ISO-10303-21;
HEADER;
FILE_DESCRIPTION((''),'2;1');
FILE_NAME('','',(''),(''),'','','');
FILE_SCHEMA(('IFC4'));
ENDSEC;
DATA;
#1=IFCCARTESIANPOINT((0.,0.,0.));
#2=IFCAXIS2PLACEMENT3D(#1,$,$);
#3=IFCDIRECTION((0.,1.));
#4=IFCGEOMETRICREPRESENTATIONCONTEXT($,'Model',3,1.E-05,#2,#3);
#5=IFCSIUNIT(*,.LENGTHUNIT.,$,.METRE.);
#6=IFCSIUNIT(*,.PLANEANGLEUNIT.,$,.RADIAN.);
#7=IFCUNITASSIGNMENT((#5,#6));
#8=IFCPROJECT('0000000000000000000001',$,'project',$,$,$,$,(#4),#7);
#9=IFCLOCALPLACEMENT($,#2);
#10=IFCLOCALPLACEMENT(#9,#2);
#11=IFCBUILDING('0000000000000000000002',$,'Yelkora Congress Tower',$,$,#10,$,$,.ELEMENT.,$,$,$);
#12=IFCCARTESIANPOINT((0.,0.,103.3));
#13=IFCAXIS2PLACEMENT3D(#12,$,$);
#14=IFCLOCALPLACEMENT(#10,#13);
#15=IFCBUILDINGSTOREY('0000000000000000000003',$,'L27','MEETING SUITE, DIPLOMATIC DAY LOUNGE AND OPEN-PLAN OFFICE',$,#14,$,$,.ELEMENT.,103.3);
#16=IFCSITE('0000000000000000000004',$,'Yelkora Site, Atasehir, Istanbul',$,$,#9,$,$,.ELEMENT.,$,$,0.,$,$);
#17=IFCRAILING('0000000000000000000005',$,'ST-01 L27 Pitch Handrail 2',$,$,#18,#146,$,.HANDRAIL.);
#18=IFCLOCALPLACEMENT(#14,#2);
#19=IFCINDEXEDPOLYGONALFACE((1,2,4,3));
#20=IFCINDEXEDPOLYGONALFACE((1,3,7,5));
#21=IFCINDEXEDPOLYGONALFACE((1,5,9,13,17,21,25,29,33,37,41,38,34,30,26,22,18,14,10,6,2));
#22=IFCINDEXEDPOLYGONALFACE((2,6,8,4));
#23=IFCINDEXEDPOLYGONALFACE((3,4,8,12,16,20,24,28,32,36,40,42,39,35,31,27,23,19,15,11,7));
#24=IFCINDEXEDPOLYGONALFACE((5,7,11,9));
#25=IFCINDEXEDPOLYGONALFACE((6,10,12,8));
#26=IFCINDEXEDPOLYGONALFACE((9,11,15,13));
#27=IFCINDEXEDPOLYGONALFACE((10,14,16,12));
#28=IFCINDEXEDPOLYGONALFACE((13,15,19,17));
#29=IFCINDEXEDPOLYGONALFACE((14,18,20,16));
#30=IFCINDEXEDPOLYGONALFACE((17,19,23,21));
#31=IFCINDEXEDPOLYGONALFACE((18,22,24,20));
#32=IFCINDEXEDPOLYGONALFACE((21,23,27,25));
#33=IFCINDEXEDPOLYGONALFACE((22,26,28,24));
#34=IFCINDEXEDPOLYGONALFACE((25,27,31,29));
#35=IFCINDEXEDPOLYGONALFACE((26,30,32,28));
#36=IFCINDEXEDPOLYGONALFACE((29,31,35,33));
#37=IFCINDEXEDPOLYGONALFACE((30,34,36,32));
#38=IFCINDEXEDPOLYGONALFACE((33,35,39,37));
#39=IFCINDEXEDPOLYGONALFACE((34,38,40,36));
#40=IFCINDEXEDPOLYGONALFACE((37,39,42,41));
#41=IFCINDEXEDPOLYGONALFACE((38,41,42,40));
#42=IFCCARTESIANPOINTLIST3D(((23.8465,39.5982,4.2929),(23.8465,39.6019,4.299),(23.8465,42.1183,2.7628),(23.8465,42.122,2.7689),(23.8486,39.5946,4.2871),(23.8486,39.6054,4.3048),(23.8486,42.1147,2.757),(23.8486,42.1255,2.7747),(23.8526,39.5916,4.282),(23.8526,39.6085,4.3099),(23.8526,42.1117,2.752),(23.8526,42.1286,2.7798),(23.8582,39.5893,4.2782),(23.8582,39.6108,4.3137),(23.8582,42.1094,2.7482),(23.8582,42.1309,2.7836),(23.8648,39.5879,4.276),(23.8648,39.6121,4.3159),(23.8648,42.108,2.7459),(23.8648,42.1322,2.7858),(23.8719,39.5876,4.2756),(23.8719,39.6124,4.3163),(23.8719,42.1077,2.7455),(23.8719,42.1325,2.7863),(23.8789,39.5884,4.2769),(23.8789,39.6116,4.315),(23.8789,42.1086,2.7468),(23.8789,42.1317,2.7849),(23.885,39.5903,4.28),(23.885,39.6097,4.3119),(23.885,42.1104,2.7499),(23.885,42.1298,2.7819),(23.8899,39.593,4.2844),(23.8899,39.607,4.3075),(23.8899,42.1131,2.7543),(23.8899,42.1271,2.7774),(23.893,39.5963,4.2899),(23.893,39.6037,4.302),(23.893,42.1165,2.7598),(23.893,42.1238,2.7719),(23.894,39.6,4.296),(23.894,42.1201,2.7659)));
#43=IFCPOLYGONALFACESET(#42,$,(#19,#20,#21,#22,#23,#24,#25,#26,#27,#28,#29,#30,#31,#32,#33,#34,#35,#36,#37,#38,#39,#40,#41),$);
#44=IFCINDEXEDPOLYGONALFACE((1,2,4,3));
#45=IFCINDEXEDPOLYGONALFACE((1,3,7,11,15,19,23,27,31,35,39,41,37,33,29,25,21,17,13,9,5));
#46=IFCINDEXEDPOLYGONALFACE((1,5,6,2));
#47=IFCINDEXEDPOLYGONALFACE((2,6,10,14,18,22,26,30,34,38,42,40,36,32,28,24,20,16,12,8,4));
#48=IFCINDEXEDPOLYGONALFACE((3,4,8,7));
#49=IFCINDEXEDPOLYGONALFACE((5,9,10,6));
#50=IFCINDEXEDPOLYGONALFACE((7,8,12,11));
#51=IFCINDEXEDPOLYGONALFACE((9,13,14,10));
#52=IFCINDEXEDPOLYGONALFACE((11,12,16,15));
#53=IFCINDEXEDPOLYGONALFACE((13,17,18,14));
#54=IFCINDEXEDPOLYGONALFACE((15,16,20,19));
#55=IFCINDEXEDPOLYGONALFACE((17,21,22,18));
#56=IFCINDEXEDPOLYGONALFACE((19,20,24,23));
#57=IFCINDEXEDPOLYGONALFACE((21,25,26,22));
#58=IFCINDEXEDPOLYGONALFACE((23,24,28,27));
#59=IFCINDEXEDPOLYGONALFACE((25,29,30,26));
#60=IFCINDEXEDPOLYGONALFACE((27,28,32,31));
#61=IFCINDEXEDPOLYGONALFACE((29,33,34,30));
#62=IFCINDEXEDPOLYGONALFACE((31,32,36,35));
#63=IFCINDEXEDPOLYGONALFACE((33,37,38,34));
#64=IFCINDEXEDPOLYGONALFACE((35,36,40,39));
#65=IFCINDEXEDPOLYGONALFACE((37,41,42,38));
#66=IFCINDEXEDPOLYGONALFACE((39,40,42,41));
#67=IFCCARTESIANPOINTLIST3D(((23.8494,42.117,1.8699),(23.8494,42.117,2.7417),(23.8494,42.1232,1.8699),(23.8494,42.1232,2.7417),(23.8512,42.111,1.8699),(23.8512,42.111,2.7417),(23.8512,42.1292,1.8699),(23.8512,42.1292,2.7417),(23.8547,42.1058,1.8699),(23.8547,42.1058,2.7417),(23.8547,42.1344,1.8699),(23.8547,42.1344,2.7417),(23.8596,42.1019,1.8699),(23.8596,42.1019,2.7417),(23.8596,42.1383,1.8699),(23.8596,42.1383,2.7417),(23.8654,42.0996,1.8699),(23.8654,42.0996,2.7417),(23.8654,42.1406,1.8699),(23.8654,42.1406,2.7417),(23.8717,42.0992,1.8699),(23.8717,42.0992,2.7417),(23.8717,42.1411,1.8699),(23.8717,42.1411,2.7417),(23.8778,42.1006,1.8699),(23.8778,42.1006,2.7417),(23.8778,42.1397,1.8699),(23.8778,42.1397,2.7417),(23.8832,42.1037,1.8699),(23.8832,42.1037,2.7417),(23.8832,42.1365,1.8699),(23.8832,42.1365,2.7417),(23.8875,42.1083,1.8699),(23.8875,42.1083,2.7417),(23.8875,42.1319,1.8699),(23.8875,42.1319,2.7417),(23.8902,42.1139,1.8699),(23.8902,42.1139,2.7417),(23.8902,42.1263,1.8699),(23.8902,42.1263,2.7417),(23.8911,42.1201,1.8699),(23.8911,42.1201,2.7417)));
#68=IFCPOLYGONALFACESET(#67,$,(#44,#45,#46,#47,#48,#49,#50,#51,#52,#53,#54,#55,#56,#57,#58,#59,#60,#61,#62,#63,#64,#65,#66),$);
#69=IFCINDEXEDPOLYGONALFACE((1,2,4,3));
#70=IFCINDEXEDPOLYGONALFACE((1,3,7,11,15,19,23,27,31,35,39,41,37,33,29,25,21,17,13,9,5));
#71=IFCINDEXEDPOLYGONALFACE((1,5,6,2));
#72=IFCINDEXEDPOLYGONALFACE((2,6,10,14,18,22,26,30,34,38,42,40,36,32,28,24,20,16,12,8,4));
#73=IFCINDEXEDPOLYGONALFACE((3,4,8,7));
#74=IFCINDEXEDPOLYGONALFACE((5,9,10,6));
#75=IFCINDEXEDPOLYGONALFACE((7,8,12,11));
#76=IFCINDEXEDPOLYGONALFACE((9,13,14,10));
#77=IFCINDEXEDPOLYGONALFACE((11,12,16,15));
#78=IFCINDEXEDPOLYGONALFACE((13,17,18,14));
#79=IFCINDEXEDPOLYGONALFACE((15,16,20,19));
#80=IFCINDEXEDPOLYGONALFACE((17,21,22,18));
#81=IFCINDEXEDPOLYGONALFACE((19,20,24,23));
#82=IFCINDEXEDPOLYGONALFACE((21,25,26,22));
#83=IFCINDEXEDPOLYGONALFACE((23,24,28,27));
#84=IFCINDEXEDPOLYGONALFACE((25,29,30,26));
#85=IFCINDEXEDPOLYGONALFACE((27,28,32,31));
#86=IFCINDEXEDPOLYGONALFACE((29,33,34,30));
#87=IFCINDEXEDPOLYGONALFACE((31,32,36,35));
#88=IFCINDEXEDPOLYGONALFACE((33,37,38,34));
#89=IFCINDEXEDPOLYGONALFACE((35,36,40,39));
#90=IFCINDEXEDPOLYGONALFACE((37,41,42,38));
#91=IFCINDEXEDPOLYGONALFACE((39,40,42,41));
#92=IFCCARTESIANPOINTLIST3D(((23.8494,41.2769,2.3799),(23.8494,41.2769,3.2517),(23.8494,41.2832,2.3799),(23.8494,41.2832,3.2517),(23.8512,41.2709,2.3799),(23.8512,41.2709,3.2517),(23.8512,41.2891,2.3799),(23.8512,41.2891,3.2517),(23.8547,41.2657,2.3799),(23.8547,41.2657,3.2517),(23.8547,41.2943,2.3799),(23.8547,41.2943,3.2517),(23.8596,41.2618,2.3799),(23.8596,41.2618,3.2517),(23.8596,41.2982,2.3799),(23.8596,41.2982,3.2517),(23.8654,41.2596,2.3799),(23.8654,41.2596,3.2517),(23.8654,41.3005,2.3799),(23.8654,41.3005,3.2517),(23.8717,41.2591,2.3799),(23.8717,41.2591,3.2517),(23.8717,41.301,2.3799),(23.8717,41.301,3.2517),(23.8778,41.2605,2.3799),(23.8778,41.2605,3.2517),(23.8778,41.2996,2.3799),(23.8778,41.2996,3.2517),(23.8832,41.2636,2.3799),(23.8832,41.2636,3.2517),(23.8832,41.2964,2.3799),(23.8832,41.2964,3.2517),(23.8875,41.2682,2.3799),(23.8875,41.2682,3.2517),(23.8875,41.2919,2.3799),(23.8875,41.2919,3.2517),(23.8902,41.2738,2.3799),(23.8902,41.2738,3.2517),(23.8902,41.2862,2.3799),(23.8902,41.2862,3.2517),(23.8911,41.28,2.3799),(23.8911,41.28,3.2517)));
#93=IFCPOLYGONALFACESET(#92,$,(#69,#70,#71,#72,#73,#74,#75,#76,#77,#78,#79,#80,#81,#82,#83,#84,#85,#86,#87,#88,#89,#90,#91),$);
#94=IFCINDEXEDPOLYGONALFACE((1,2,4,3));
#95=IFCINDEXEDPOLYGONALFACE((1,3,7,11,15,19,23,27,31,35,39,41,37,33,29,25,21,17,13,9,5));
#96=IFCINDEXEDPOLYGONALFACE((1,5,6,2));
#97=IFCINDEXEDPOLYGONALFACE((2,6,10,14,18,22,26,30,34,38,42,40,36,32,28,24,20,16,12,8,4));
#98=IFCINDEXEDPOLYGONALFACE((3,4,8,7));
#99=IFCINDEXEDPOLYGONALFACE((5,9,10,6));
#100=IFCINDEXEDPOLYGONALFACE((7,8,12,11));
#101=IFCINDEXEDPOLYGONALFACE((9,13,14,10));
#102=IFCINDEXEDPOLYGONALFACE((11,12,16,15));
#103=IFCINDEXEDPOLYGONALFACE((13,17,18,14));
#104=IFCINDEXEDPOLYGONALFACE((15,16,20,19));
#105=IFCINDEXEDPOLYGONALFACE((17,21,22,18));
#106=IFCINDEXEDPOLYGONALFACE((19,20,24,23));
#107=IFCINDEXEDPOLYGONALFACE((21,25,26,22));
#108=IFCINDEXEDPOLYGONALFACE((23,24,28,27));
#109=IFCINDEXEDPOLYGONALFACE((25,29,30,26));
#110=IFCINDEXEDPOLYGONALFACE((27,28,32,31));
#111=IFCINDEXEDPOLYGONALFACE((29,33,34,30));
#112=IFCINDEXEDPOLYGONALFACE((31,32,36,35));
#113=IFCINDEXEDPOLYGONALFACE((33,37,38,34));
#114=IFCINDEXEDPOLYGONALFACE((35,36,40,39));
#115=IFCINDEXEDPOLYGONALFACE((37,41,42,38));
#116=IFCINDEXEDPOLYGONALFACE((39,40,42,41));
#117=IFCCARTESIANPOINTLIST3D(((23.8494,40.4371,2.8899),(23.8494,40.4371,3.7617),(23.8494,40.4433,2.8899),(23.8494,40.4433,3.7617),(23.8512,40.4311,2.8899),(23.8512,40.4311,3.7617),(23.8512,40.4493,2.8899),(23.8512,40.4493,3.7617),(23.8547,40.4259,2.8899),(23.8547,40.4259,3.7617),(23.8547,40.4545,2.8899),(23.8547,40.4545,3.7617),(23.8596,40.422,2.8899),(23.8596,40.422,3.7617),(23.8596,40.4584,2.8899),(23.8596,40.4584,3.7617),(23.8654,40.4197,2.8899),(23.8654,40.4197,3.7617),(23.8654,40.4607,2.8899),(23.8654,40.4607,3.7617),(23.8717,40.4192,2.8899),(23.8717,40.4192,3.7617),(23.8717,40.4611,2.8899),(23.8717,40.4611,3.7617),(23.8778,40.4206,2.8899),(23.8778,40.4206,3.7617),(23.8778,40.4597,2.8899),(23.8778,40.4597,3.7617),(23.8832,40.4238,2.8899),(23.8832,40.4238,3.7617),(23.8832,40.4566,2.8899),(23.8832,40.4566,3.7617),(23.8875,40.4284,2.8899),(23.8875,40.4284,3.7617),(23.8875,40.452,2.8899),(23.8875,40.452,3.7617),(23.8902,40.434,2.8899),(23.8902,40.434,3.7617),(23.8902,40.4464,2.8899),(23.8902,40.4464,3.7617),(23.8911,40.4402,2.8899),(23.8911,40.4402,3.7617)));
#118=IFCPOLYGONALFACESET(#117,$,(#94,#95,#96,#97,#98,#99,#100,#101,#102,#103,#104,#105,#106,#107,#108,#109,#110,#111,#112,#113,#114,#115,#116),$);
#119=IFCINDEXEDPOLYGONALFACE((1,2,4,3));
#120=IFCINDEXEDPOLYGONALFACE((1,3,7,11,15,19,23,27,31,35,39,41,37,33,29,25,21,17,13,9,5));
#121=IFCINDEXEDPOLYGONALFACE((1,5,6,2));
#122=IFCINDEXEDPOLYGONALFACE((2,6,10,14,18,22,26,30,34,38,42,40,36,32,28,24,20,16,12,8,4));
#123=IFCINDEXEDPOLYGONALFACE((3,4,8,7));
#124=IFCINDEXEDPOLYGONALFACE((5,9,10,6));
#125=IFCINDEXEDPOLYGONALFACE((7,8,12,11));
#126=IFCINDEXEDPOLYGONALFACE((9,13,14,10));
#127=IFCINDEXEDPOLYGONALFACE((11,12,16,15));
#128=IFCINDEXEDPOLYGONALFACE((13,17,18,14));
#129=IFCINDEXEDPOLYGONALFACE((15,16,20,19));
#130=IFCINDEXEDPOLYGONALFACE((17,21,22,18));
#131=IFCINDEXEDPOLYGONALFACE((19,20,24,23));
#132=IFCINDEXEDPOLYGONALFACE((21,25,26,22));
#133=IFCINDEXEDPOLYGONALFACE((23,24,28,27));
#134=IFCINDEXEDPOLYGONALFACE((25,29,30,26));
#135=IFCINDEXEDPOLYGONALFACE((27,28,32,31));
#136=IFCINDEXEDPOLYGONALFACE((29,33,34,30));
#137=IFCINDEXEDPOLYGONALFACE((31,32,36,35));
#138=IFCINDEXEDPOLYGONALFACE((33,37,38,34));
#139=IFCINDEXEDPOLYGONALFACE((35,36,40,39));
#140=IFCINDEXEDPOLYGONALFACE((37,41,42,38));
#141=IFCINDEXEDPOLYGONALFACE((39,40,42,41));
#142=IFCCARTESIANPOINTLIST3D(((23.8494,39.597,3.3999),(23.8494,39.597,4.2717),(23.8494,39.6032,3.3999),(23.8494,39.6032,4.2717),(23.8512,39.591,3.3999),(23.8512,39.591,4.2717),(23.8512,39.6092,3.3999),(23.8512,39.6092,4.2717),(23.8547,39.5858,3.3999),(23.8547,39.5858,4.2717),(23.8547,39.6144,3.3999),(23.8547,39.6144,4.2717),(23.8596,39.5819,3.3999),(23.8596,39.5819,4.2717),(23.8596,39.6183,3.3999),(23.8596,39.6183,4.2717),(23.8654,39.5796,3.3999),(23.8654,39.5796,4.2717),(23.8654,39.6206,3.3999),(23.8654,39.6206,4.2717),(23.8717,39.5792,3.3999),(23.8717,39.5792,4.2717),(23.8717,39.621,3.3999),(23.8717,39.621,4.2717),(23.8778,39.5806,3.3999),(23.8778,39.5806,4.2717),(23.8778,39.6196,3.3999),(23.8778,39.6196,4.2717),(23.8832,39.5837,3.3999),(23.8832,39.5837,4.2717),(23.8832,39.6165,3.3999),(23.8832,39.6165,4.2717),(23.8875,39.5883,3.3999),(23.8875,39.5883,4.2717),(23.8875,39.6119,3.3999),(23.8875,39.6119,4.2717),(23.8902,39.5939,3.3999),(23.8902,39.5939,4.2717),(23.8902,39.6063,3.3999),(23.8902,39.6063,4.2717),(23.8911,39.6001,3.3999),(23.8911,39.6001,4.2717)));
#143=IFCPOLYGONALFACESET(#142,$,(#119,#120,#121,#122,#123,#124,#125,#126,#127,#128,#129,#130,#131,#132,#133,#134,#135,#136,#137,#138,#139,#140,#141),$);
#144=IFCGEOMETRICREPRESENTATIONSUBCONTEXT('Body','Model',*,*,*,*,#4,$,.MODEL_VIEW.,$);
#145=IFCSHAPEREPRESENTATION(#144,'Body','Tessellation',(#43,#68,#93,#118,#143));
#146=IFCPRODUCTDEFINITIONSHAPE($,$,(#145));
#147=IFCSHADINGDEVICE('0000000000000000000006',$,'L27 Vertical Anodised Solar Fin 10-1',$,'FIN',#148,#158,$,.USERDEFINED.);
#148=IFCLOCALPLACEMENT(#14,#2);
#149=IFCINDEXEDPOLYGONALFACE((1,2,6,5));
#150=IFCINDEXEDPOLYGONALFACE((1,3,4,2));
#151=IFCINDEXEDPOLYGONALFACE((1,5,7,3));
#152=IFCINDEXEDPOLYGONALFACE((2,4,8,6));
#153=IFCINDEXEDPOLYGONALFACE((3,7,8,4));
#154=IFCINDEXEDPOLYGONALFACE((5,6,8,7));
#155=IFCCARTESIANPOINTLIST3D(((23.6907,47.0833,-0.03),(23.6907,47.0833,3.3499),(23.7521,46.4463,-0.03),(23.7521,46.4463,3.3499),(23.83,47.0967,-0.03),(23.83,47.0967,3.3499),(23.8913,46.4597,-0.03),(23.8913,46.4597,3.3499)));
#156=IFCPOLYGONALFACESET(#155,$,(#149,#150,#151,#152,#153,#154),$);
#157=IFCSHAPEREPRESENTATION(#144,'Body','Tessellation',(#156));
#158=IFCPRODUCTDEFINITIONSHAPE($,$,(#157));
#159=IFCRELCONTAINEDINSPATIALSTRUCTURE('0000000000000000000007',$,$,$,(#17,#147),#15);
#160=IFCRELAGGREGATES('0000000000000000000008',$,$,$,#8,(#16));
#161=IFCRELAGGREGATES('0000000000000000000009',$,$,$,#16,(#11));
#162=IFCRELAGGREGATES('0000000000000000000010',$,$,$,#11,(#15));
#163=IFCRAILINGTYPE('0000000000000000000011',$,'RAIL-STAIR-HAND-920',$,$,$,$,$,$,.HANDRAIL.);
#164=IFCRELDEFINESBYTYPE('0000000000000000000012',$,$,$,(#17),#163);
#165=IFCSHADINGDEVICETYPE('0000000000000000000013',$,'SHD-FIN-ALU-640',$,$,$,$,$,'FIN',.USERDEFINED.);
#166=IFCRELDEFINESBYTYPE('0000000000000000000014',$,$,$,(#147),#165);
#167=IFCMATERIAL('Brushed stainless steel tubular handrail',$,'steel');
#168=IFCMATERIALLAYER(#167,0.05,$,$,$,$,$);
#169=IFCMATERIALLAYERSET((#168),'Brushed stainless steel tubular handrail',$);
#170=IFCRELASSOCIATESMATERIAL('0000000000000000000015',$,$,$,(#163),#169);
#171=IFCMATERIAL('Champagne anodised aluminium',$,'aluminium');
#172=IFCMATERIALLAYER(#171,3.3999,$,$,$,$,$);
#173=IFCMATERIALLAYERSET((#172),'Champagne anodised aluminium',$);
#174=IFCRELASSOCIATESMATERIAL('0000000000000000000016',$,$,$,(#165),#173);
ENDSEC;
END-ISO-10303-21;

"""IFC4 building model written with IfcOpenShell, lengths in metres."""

from ifc_helpers import new_model, si_unit, direction, frame, origin, origin_2d, place, context, subcontext, project, spatial, rectangle, circle, extrude, material, layer, layer_set, type_object, element, save


model = new_model("IFC4")

# Units and contexts
model_context = context("Model", 3, precision=1e-05, world=origin(), true_north=direction((0.0, 1.0)))
body_context = subcontext(model_context, "Body", "Model", "MODEL_VIEW")
ifc_project = project(units=[si_unit("LENGTHUNIT", "METRE"), si_unit("PLANEANGLEUNIT", "RADIAN")], contexts=[model_context])

# Site, building, storey
site_placement = place(None, origin())
site = spatial("IfcSite", under=ifc_project, at=site_placement, Name="Yelkora Site, Atasehir, Istanbul", CompositionType="ELEMENT", RefElevation=0.0)
building_placement = place(site_placement, origin())
building = spatial("IfcBuilding", under=site, at=building_placement, Name="Yelkora Congress Tower", CompositionType="ELEMENT")
storey_placement = place(building_placement, frame((0.0, 0.0, 103.3)))
storey = spatial("IfcBuildingStorey", under=building, at=storey_placement, Name="L27", Description="MEETING SUITE, DIPLOMATIC DAY LOUNGE AND OPEN-PLAN OFFICE", CompositionType="ELEMENT", Elevation=103.3)

# Railing
ifc_material_1 = material(Name="Brushed stainless steel tubular handrail", Category="steel")
ifc_layer_1 = layer(ifc_material_1, 0.05)
ifc_layer_set_1 = layer_set([ifc_layer_1], Name="Brushed stainless steel tubular handrail")
railing_type_1 = type_object("IfcRailingType", Name="RAIL-STAIR-HAND-920", PredefinedType="HANDRAIL", material=ifc_layer_set_1)
railing_1_placement = place(storey_placement, frame((23.8701, 42.1201, 1.8699)))
element("IfcRailing", 1, at=railing_1_placement, inside=storey, type_object=railing_type_1, Name="ST-01 L27 Pitch Handrail 2", PredefinedType="HANDRAIL", context=body_context, shape_type="SweptSolid", body=[
    extrude(circle(Radius=0.0239, at=origin_2d()), frame((0.0, 0.0, 0.896), z_axis=(0.0, -0.854785, 0.518982), x_axis=(1.0, 0.0, 0.0)), (0.0, 0.0, 1.0), 2.9482),
    extrude(circle(Radius=0.021, at=origin_2d()), origin(), (0.0, 0.0, 1.0), 0.8718),
    extrude(circle(Radius=0.021, at=origin_2d()), frame((0.0, -0.8401, 0.51)), (0.0, 0.0, 1.0), 0.8718),
    extrude(circle(Radius=0.021, at=origin_2d()), frame((0.0, -1.6799, 1.02)), (0.0, 0.0, 1.0), 0.8718),
    extrude(circle(Radius=0.021, at=origin_2d()), frame((0.0, -2.52, 1.53)), (0.0, 0.0, 1.0), 0.8718),
])

# Shading device
ifc_material_2 = material(Name="Champagne anodised aluminium", Category="aluminium")
ifc_layer_2 = layer(ifc_material_2, 3.3999)
ifc_layer_set_2 = layer_set([ifc_layer_2], Name="Champagne anodised aluminium")
shading_device_type = type_object("IfcShadingDeviceType", Name="SHD-FIN-ALU-640", ElementType="FIN", PredefinedType="USERDEFINED", material=ifc_layer_set_2)
shading_device_placement = place(storey_placement, frame((23.791, 46.7715, -0.03), z_axis=(0.0, 0.0, 1.0), x_axis=(0.995396, 0.095846, 0.0)))
element("IfcShadingDevice", 2, at=shading_device_placement, inside=storey, type_object=shading_device_type, Name="L27 Vertical Anodised Solar Fin 10-1", ObjectType="FIN", PredefinedType="USERDEFINED", context=body_context, shape_type="SweptSolid", body=[
    extrude(rectangle(XDim=0.1399, YDim=0.6399, at=origin_2d()), origin(), (0.0, 0.0, 1.0), 3.3799),
])

save(model, "model.ifc")
